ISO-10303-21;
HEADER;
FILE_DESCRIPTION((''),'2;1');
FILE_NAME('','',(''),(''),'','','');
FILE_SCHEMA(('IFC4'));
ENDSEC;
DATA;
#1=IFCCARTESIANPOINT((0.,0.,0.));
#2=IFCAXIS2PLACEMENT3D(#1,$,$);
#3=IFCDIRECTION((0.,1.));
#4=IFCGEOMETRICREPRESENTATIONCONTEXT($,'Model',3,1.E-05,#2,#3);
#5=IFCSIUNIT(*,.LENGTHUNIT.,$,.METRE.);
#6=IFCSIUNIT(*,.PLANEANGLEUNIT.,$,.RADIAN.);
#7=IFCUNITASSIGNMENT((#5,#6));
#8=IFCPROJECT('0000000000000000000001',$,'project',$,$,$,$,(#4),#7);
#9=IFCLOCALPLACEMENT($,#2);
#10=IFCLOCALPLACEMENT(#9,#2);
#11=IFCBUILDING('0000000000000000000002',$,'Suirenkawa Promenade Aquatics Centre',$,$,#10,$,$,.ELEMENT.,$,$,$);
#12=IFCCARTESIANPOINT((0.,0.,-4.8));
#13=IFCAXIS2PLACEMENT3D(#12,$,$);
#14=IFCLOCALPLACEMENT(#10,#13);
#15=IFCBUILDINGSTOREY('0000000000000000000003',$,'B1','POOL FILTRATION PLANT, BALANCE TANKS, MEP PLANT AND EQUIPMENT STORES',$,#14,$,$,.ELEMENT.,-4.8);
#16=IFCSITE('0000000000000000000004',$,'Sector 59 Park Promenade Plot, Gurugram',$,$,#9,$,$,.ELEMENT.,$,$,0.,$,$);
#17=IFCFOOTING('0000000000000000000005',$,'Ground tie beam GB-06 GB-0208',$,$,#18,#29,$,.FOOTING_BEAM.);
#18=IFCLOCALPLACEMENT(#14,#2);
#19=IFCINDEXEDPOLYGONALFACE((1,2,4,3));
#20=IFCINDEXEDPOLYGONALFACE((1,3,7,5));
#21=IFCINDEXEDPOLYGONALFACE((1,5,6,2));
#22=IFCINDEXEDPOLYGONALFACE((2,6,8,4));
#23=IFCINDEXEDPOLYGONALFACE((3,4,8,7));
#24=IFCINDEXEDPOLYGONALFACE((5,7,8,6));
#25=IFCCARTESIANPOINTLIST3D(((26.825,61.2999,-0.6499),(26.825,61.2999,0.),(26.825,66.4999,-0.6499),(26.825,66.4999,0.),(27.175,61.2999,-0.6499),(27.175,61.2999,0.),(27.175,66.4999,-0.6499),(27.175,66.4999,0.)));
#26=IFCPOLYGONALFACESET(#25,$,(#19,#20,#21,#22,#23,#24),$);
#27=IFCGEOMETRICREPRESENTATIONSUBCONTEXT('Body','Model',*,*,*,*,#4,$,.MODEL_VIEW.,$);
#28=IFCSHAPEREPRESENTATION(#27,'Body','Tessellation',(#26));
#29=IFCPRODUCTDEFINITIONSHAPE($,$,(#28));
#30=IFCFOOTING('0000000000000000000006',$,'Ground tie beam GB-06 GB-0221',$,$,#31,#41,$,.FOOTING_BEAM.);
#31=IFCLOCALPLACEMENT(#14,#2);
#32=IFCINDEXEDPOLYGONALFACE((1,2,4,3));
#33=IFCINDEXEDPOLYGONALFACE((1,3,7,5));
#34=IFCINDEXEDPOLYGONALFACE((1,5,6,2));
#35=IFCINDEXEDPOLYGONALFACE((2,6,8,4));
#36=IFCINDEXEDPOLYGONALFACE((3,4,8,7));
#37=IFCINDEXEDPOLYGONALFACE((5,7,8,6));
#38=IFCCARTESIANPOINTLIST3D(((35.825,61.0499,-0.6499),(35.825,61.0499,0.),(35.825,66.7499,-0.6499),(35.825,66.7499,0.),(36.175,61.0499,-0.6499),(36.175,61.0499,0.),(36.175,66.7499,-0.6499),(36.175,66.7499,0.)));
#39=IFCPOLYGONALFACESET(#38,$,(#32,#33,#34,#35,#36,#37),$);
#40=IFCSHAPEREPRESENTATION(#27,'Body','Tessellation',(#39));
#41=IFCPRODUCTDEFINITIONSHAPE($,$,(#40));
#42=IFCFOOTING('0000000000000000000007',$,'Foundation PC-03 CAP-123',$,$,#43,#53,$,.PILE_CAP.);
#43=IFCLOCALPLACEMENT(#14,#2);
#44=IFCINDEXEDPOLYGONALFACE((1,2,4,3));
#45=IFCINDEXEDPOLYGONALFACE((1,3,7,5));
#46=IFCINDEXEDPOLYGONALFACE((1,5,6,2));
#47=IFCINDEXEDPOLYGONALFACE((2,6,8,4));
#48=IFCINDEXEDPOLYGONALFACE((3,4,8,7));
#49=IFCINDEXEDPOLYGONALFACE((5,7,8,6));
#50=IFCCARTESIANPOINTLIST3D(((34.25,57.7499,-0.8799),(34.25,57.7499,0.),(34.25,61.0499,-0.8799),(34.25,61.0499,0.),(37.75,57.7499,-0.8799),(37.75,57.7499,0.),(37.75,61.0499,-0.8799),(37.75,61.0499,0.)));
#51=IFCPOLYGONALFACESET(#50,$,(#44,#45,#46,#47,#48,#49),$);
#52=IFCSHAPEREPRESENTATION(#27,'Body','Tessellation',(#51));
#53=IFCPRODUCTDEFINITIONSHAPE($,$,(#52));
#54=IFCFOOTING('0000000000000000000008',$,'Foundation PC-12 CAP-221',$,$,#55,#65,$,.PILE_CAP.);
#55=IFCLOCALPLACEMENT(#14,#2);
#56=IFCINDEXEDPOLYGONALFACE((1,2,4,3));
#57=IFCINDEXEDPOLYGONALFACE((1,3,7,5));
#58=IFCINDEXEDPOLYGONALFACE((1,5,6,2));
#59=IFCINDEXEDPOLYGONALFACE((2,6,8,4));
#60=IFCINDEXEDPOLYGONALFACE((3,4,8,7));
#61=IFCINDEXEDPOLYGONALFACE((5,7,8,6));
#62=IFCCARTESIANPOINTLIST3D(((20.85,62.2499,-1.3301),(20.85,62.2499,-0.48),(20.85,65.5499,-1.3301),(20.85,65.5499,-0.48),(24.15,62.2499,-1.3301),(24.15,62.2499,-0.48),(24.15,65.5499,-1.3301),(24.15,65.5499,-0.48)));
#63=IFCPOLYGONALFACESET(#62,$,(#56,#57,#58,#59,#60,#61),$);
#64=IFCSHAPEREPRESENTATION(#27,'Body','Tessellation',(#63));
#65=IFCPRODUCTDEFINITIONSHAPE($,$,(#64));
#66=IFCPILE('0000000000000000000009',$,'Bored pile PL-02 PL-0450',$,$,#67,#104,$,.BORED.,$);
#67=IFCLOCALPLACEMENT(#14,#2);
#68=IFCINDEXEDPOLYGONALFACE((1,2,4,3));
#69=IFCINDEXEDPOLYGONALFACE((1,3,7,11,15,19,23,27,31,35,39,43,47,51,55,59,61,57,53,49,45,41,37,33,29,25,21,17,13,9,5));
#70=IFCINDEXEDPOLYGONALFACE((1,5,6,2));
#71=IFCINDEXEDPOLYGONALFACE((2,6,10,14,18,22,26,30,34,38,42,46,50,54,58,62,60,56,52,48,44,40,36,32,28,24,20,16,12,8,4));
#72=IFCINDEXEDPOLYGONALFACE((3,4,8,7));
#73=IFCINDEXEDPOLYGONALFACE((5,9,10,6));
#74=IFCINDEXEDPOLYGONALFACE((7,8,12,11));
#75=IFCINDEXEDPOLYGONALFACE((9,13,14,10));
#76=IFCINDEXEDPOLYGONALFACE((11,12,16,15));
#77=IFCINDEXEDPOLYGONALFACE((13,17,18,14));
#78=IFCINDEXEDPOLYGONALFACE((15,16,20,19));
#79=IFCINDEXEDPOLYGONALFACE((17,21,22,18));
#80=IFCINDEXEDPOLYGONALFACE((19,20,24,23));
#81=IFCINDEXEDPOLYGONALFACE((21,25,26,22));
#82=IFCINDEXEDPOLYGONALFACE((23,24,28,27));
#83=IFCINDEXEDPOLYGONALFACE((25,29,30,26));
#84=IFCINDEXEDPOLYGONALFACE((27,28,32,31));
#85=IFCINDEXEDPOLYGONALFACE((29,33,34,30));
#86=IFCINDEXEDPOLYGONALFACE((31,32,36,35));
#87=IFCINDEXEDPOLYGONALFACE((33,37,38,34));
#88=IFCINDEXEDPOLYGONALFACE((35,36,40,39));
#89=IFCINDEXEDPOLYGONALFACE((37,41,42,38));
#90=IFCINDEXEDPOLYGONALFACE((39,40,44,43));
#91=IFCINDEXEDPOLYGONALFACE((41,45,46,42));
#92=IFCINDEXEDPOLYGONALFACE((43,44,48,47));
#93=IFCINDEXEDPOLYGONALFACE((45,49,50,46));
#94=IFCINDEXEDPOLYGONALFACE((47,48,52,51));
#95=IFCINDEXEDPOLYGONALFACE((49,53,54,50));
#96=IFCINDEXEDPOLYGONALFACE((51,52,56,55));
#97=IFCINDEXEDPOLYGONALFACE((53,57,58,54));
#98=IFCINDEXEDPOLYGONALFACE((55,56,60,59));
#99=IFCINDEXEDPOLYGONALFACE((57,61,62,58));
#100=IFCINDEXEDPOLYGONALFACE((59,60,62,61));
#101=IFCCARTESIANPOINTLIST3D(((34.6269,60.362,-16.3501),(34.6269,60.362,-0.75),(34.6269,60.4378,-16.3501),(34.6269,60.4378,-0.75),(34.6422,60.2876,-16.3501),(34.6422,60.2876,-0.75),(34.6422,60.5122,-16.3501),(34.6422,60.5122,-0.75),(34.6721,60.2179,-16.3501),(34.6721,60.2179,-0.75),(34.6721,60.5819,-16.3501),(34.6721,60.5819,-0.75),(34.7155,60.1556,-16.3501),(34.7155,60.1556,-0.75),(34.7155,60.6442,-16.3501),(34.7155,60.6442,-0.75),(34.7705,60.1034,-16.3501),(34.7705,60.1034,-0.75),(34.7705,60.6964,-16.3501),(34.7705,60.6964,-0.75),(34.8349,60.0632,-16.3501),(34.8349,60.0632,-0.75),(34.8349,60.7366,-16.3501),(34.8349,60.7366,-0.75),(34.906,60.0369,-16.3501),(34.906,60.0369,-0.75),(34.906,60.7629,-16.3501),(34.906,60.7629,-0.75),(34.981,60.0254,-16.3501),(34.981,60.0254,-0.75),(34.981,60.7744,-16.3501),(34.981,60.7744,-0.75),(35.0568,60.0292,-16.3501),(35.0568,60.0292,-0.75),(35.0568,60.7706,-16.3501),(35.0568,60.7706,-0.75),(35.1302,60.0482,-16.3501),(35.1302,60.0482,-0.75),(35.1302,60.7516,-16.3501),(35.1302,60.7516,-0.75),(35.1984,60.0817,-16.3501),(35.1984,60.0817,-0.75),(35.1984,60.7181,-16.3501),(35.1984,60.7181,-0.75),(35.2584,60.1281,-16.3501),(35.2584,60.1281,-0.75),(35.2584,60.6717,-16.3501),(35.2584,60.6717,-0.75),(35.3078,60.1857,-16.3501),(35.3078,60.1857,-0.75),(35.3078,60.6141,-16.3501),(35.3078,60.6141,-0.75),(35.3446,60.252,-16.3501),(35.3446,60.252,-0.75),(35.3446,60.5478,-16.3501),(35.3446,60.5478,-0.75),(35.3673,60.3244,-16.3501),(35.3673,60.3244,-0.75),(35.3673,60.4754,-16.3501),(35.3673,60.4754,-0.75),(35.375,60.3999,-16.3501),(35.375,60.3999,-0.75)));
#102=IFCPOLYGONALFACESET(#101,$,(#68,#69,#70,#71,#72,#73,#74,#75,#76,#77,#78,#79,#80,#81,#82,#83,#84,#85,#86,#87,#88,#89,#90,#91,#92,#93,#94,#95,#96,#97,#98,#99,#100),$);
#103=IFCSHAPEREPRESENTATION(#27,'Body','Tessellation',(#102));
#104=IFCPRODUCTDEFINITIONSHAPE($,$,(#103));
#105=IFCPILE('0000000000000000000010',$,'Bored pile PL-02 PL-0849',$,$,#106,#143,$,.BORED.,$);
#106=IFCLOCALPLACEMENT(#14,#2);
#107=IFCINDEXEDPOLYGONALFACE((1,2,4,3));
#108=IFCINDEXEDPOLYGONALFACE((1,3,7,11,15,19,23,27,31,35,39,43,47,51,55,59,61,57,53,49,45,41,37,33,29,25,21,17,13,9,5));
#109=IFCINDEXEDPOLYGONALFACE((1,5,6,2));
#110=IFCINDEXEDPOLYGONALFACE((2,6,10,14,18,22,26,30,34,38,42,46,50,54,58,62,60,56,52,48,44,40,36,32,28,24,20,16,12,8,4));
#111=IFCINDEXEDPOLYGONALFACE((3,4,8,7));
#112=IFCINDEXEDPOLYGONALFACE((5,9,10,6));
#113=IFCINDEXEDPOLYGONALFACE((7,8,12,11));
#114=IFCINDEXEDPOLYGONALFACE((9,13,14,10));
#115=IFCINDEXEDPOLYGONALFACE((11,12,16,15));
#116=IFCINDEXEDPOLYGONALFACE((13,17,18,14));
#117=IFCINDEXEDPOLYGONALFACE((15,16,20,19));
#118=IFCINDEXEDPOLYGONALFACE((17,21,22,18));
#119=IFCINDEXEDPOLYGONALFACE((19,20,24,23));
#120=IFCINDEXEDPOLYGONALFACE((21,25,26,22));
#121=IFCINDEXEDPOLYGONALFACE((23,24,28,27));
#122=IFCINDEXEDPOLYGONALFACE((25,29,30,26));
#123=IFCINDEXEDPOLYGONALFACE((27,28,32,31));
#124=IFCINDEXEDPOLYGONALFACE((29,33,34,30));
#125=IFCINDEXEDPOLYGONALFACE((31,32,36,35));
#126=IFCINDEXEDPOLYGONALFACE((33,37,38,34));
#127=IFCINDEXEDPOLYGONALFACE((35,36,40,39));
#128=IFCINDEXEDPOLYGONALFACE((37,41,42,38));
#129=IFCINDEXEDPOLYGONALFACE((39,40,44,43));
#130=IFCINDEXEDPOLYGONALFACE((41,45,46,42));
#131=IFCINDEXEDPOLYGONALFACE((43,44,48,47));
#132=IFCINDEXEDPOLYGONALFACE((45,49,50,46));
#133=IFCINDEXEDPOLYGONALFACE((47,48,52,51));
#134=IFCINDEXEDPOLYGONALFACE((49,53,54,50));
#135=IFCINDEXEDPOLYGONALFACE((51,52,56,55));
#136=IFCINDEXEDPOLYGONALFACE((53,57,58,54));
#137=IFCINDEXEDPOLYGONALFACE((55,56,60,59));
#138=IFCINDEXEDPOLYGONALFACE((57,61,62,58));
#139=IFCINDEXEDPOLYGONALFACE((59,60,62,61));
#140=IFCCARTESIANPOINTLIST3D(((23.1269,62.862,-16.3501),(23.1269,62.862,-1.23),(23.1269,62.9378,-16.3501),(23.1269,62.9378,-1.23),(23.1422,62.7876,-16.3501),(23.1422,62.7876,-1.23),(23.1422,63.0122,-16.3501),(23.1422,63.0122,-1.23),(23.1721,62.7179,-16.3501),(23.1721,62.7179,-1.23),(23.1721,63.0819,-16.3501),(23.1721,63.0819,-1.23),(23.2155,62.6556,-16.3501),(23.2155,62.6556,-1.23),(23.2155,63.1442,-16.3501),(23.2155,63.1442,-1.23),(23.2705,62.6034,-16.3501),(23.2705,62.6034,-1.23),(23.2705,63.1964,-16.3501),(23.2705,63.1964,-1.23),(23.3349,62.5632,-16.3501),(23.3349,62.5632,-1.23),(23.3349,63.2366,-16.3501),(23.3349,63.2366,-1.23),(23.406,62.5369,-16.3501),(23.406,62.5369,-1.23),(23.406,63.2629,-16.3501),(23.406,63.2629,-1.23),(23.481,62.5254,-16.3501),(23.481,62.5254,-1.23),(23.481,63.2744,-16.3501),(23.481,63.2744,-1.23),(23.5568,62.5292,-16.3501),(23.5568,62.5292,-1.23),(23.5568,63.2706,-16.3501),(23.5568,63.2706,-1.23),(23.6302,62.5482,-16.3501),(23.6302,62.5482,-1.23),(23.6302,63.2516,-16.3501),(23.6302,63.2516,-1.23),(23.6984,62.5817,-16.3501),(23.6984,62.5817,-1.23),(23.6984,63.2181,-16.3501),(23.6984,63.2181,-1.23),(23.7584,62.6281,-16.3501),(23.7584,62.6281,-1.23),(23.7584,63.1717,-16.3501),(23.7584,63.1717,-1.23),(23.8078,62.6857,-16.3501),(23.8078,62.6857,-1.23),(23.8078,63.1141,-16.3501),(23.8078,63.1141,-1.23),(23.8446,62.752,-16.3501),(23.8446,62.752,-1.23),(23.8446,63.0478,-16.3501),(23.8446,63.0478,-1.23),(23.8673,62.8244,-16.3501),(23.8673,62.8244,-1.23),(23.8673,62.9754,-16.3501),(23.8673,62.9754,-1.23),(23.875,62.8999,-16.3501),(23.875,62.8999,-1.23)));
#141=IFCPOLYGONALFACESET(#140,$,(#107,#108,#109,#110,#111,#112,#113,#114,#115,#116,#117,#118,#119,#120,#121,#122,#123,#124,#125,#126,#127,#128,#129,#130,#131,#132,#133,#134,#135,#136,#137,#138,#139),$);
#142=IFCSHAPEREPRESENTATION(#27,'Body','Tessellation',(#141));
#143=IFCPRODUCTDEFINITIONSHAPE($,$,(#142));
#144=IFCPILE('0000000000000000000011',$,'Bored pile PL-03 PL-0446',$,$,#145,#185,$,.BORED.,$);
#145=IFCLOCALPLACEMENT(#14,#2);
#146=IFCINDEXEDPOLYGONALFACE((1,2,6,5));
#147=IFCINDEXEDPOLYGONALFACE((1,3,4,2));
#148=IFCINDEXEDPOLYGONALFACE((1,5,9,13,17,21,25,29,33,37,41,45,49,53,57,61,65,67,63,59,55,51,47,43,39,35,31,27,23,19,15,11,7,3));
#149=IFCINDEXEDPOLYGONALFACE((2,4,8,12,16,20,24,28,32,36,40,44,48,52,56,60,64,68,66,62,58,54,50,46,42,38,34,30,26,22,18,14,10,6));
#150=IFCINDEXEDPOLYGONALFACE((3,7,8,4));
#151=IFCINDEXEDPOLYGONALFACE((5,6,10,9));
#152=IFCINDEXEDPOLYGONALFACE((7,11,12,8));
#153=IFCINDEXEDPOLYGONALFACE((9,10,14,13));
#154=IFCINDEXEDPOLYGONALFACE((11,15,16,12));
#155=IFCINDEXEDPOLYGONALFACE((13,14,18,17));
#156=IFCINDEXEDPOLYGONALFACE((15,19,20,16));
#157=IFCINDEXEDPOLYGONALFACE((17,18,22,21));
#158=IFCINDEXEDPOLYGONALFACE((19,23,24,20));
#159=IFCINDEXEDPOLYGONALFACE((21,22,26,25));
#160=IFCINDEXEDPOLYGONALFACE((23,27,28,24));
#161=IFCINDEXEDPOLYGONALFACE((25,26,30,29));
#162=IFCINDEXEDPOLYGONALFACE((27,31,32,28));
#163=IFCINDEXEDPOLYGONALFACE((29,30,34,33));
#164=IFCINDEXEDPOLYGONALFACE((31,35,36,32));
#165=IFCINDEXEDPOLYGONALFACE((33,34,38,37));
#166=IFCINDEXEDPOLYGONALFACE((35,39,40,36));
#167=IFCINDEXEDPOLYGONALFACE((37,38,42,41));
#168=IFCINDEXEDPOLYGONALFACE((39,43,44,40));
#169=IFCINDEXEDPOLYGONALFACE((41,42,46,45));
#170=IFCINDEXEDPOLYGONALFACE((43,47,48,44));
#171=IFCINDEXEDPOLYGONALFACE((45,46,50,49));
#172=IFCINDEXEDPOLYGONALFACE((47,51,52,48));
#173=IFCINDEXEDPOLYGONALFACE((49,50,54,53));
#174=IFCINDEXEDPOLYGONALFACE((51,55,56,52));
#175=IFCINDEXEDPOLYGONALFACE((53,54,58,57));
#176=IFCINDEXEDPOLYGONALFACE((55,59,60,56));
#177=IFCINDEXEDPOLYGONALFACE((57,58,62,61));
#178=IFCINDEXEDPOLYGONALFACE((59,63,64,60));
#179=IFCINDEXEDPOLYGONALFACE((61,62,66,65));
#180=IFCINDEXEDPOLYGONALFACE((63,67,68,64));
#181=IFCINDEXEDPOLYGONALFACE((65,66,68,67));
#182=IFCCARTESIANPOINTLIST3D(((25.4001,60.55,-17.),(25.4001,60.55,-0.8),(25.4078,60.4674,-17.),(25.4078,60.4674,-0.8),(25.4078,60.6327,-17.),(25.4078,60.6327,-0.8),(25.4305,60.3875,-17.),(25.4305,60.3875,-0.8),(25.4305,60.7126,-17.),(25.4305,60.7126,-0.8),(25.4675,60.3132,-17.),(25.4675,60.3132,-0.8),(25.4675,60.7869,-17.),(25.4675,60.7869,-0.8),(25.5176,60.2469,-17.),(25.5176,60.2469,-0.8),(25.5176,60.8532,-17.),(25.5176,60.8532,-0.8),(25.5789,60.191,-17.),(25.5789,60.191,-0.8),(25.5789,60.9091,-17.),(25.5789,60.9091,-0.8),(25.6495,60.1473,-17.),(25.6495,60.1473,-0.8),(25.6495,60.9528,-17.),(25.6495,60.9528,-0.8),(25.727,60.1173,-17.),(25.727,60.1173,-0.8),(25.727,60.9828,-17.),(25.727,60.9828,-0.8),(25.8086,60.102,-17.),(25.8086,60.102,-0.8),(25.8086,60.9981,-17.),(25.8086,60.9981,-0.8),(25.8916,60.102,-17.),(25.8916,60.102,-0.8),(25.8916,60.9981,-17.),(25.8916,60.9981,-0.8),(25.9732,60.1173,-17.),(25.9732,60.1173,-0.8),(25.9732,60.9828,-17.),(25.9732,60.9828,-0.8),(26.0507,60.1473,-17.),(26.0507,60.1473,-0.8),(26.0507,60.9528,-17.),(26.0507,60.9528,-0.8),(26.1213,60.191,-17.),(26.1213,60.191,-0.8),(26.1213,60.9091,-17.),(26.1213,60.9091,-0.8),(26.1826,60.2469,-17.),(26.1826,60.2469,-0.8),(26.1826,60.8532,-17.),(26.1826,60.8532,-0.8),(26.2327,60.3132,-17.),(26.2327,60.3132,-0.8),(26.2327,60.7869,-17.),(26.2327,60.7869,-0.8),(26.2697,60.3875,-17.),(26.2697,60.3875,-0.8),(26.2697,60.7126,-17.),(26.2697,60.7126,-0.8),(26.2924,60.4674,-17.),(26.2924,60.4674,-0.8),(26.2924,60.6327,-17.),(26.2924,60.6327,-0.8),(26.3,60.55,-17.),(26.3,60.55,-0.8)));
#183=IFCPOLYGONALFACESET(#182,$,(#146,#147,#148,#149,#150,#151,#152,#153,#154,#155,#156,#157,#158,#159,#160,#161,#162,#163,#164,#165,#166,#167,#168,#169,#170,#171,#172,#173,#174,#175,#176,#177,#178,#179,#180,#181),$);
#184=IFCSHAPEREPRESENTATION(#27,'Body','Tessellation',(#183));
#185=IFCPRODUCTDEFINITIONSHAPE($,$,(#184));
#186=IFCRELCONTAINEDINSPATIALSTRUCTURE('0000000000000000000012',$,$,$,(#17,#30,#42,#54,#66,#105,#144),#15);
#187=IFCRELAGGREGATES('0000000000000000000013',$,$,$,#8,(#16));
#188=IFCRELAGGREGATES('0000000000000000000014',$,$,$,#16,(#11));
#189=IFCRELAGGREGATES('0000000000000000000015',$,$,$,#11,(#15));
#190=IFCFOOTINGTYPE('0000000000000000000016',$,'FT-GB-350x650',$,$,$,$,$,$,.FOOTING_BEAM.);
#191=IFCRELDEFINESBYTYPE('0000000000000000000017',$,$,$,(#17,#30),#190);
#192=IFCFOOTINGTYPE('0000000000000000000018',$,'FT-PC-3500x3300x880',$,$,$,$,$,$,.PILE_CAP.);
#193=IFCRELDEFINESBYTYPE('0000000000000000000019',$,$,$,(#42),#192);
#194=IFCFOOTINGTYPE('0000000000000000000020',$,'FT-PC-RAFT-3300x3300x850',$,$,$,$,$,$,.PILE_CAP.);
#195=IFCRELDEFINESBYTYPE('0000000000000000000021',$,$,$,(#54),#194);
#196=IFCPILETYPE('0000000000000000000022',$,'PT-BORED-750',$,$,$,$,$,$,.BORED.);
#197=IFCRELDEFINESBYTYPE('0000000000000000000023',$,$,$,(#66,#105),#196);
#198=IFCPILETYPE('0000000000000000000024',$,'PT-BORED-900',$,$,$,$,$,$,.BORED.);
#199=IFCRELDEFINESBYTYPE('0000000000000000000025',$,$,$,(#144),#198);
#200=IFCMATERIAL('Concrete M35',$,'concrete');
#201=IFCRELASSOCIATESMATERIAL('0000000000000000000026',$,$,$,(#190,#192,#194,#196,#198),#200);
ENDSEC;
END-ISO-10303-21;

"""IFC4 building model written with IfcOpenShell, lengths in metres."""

from ifc_helpers import new_model, si_unit, direction, frame, origin, origin_2d, place, context, subcontext, project, spatial, rectangle, circle, extrude, material, material_profile, profile_set, type_object, element, save


model = new_model("IFC4")

# Units and contexts
model_context = context("Model", 3, precision=1e-05, world=origin(), true_north=direction((0.0, 1.0)))
body_context = subcontext(model_context, "Body", "Model", "MODEL_VIEW")
ifc_project = project(units=[si_unit("LENGTHUNIT", "METRE"), si_unit("PLANEANGLEUNIT", "RADIAN")], contexts=[model_context])

# Site, building, storey
site_placement = place(None, origin())
site = spatial("IfcSite", under=ifc_project, at=site_placement, Name="Sector 59 Park Promenade Plot, Gurugram", CompositionType="ELEMENT", RefElevation=0.0)
building_placement = place(site_placement, origin())
building = spatial("IfcBuilding", under=site, at=building_placement, Name="Suirenkawa Promenade Aquatics Centre", CompositionType="ELEMENT")
storey_placement = place(building_placement, frame((0.0, 0.0, -4.8)))
storey = spatial("IfcBuildingStorey", under=building, at=storey_placement, Name="B1", Description="POOL FILTRATION PLANT, BALANCE TANKS, MEP PLANT AND EQUIPMENT STORES", CompositionType="ELEMENT", Elevation=-4.8)

# Footings
ifc_material_1 = material(Name="Concrete M35", Category="concrete")
footing_type_1 = type_object("IfcFootingType", Name="FT-GB-350x650", PredefinedType="FOOTING_BEAM", material=ifc_material_1)
footing_1_placement = place(storey_placement, frame((27.0, 63.8999, -0.6499), z_axis=(0.0, 0.0, 1.0), x_axis=(0.0, 1.0, 0.0)))
element("IfcFooting", 1, at=footing_1_placement, inside=storey, type_object=footing_type_1, Name="Ground tie beam GB-06 GB-0208", PredefinedType="FOOTING_BEAM", context=body_context, shape_type="SweptSolid", body=[
    extrude(rectangle(XDim=5.2, YDim=0.3501, at=origin_2d()), origin(), (0.0, 0.0, 1.0), 0.6499),
])
footing_2_placement = place(storey_placement, frame((36.0, 63.8999, -0.6499), z_axis=(0.0, 0.0, 1.0), x_axis=(0.0, 1.0, 0.0)))
element("IfcFooting", 2, at=footing_2_placement, inside=storey, type_object=footing_type_1, Name="Ground tie beam GB-06 GB-0221", PredefinedType="FOOTING_BEAM", context=body_context, shape_type="SweptSolid", body=[
    extrude(rectangle(XDim=5.7, YDim=0.3501, at=origin_2d()), origin(), (0.0, 0.0, 1.0), 0.6499),
])
footing_type_2 = type_object("IfcFootingType", Name="FT-PC-3500x3300x880", PredefinedType="PILE_CAP", material=ifc_material_1)
footing_3_placement = place(storey_placement, frame((36.0, 59.3999, -0.8799), z_axis=(0.0, 0.0, 1.0), x_axis=(1.0, 0.0, 0.0)))
element("IfcFooting", 3, at=footing_3_placement, inside=storey, type_object=footing_type_2, Name="Foundation PC-03 CAP-123", PredefinedType="PILE_CAP", context=body_context, shape_type="SweptSolid", body=[
    extrude(rectangle(XDim=3.5, YDim=3.3, at=origin_2d()), origin(), (0.0, 0.0, 1.0), 0.8799),
])
footing_type_3 = type_object("IfcFootingType", Name="FT-PC-RAFT-3300x3300x850", PredefinedType="PILE_CAP", material=ifc_material_1)
footing_4_placement = place(storey_placement, frame((22.5, 63.8999, -1.3301), z_axis=(0.0, 0.0, 1.0), x_axis=(1.0, 0.0, 0.0)))
element("IfcFooting", 4, at=footing_4_placement, inside=storey, type_object=footing_type_3, Name="Foundation PC-12 CAP-221", PredefinedType="PILE_CAP", context=body_context, shape_type="SweptSolid", body=[
    extrude(rectangle(XDim=3.3, YDim=3.3, at=origin_2d()), origin(), (0.0, 0.0, 1.0), 0.8501),
])

# Piles
ifc_material_profile_1 = material_profile(ifc_material_1, circle(Radius=0.375, at=origin_2d()), Name="PILE D750", Category="concrete")
ifc_profile_set_1 = profile_set([ifc_material_profile_1], Name="Concrete M35")
pile_type_1 = type_object("IfcPileType", Name="PT-BORED-750", PredefinedType="BORED", material=ifc_profile_set_1)
pile_1_placement = place(storey_placement, frame((35.0, 60.3999, -0.75), z_axis=(0.0, 0.0, -1.0), x_axis=(1.0, 0.0, 0.0)))
element("IfcPile", 5, at=pile_1_placement, inside=storey, type_object=pile_type_1, Name="Bored pile PL-02 PL-0450", PredefinedType="BORED", context=body_context, shape_type="SweptSolid", body=[
    extrude(circle(Radius=0.375, at=origin_2d()), origin(), (0.0, 0.0, 1.0), 15.6001),
])
pile_2_placement = place(storey_placement, frame((23.5, 62.8999, -1.23), z_axis=(0.0, 0.0, -1.0), x_axis=(1.0, 0.0, 0.0)))
element("IfcPile", 6, at=pile_2_placement, inside=storey, type_object=pile_type_1, Name="Bored pile PL-02 PL-0849", PredefinedType="BORED", context=body_context, shape_type="SweptSolid", body=[
    extrude(circle(Radius=0.375, at=origin_2d()), origin(), (0.0, 0.0, 1.0), 15.1201),
])
ifc_material_profile_2 = material_profile(ifc_material_1, circle(Radius=0.45, at=origin_2d()), Name="PILE D900", Category="concrete")
ifc_profile_set_2 = profile_set([ifc_material_profile_2], Name="Concrete M35")
pile_type_2 = type_object("IfcPileType", Name="PT-BORED-900", PredefinedType="BORED", material=ifc_profile_set_2)
for number, where, z_axis, x_axis, name in (
    (7, (25.8501, 60.55, -0.8), (0.0, 0.0, -1.0), (1.0, 0.0, 0.0), "Bored pile PL-03 PL-0446"),
):
    element("IfcPile", number, at=place(storey_placement, frame(where, z_axis=z_axis, x_axis=x_axis)), inside=storey, type_object=pile_type_2, Name=name, PredefinedType="BORED", context=body_context, shape_type="SweptSolid", body=[
        extrude(circle(Radius=0.45, at=origin_2d()), origin(), (0.0, 0.0, 1.0), 16.2),
    ])

save(model, "model.ifc")
